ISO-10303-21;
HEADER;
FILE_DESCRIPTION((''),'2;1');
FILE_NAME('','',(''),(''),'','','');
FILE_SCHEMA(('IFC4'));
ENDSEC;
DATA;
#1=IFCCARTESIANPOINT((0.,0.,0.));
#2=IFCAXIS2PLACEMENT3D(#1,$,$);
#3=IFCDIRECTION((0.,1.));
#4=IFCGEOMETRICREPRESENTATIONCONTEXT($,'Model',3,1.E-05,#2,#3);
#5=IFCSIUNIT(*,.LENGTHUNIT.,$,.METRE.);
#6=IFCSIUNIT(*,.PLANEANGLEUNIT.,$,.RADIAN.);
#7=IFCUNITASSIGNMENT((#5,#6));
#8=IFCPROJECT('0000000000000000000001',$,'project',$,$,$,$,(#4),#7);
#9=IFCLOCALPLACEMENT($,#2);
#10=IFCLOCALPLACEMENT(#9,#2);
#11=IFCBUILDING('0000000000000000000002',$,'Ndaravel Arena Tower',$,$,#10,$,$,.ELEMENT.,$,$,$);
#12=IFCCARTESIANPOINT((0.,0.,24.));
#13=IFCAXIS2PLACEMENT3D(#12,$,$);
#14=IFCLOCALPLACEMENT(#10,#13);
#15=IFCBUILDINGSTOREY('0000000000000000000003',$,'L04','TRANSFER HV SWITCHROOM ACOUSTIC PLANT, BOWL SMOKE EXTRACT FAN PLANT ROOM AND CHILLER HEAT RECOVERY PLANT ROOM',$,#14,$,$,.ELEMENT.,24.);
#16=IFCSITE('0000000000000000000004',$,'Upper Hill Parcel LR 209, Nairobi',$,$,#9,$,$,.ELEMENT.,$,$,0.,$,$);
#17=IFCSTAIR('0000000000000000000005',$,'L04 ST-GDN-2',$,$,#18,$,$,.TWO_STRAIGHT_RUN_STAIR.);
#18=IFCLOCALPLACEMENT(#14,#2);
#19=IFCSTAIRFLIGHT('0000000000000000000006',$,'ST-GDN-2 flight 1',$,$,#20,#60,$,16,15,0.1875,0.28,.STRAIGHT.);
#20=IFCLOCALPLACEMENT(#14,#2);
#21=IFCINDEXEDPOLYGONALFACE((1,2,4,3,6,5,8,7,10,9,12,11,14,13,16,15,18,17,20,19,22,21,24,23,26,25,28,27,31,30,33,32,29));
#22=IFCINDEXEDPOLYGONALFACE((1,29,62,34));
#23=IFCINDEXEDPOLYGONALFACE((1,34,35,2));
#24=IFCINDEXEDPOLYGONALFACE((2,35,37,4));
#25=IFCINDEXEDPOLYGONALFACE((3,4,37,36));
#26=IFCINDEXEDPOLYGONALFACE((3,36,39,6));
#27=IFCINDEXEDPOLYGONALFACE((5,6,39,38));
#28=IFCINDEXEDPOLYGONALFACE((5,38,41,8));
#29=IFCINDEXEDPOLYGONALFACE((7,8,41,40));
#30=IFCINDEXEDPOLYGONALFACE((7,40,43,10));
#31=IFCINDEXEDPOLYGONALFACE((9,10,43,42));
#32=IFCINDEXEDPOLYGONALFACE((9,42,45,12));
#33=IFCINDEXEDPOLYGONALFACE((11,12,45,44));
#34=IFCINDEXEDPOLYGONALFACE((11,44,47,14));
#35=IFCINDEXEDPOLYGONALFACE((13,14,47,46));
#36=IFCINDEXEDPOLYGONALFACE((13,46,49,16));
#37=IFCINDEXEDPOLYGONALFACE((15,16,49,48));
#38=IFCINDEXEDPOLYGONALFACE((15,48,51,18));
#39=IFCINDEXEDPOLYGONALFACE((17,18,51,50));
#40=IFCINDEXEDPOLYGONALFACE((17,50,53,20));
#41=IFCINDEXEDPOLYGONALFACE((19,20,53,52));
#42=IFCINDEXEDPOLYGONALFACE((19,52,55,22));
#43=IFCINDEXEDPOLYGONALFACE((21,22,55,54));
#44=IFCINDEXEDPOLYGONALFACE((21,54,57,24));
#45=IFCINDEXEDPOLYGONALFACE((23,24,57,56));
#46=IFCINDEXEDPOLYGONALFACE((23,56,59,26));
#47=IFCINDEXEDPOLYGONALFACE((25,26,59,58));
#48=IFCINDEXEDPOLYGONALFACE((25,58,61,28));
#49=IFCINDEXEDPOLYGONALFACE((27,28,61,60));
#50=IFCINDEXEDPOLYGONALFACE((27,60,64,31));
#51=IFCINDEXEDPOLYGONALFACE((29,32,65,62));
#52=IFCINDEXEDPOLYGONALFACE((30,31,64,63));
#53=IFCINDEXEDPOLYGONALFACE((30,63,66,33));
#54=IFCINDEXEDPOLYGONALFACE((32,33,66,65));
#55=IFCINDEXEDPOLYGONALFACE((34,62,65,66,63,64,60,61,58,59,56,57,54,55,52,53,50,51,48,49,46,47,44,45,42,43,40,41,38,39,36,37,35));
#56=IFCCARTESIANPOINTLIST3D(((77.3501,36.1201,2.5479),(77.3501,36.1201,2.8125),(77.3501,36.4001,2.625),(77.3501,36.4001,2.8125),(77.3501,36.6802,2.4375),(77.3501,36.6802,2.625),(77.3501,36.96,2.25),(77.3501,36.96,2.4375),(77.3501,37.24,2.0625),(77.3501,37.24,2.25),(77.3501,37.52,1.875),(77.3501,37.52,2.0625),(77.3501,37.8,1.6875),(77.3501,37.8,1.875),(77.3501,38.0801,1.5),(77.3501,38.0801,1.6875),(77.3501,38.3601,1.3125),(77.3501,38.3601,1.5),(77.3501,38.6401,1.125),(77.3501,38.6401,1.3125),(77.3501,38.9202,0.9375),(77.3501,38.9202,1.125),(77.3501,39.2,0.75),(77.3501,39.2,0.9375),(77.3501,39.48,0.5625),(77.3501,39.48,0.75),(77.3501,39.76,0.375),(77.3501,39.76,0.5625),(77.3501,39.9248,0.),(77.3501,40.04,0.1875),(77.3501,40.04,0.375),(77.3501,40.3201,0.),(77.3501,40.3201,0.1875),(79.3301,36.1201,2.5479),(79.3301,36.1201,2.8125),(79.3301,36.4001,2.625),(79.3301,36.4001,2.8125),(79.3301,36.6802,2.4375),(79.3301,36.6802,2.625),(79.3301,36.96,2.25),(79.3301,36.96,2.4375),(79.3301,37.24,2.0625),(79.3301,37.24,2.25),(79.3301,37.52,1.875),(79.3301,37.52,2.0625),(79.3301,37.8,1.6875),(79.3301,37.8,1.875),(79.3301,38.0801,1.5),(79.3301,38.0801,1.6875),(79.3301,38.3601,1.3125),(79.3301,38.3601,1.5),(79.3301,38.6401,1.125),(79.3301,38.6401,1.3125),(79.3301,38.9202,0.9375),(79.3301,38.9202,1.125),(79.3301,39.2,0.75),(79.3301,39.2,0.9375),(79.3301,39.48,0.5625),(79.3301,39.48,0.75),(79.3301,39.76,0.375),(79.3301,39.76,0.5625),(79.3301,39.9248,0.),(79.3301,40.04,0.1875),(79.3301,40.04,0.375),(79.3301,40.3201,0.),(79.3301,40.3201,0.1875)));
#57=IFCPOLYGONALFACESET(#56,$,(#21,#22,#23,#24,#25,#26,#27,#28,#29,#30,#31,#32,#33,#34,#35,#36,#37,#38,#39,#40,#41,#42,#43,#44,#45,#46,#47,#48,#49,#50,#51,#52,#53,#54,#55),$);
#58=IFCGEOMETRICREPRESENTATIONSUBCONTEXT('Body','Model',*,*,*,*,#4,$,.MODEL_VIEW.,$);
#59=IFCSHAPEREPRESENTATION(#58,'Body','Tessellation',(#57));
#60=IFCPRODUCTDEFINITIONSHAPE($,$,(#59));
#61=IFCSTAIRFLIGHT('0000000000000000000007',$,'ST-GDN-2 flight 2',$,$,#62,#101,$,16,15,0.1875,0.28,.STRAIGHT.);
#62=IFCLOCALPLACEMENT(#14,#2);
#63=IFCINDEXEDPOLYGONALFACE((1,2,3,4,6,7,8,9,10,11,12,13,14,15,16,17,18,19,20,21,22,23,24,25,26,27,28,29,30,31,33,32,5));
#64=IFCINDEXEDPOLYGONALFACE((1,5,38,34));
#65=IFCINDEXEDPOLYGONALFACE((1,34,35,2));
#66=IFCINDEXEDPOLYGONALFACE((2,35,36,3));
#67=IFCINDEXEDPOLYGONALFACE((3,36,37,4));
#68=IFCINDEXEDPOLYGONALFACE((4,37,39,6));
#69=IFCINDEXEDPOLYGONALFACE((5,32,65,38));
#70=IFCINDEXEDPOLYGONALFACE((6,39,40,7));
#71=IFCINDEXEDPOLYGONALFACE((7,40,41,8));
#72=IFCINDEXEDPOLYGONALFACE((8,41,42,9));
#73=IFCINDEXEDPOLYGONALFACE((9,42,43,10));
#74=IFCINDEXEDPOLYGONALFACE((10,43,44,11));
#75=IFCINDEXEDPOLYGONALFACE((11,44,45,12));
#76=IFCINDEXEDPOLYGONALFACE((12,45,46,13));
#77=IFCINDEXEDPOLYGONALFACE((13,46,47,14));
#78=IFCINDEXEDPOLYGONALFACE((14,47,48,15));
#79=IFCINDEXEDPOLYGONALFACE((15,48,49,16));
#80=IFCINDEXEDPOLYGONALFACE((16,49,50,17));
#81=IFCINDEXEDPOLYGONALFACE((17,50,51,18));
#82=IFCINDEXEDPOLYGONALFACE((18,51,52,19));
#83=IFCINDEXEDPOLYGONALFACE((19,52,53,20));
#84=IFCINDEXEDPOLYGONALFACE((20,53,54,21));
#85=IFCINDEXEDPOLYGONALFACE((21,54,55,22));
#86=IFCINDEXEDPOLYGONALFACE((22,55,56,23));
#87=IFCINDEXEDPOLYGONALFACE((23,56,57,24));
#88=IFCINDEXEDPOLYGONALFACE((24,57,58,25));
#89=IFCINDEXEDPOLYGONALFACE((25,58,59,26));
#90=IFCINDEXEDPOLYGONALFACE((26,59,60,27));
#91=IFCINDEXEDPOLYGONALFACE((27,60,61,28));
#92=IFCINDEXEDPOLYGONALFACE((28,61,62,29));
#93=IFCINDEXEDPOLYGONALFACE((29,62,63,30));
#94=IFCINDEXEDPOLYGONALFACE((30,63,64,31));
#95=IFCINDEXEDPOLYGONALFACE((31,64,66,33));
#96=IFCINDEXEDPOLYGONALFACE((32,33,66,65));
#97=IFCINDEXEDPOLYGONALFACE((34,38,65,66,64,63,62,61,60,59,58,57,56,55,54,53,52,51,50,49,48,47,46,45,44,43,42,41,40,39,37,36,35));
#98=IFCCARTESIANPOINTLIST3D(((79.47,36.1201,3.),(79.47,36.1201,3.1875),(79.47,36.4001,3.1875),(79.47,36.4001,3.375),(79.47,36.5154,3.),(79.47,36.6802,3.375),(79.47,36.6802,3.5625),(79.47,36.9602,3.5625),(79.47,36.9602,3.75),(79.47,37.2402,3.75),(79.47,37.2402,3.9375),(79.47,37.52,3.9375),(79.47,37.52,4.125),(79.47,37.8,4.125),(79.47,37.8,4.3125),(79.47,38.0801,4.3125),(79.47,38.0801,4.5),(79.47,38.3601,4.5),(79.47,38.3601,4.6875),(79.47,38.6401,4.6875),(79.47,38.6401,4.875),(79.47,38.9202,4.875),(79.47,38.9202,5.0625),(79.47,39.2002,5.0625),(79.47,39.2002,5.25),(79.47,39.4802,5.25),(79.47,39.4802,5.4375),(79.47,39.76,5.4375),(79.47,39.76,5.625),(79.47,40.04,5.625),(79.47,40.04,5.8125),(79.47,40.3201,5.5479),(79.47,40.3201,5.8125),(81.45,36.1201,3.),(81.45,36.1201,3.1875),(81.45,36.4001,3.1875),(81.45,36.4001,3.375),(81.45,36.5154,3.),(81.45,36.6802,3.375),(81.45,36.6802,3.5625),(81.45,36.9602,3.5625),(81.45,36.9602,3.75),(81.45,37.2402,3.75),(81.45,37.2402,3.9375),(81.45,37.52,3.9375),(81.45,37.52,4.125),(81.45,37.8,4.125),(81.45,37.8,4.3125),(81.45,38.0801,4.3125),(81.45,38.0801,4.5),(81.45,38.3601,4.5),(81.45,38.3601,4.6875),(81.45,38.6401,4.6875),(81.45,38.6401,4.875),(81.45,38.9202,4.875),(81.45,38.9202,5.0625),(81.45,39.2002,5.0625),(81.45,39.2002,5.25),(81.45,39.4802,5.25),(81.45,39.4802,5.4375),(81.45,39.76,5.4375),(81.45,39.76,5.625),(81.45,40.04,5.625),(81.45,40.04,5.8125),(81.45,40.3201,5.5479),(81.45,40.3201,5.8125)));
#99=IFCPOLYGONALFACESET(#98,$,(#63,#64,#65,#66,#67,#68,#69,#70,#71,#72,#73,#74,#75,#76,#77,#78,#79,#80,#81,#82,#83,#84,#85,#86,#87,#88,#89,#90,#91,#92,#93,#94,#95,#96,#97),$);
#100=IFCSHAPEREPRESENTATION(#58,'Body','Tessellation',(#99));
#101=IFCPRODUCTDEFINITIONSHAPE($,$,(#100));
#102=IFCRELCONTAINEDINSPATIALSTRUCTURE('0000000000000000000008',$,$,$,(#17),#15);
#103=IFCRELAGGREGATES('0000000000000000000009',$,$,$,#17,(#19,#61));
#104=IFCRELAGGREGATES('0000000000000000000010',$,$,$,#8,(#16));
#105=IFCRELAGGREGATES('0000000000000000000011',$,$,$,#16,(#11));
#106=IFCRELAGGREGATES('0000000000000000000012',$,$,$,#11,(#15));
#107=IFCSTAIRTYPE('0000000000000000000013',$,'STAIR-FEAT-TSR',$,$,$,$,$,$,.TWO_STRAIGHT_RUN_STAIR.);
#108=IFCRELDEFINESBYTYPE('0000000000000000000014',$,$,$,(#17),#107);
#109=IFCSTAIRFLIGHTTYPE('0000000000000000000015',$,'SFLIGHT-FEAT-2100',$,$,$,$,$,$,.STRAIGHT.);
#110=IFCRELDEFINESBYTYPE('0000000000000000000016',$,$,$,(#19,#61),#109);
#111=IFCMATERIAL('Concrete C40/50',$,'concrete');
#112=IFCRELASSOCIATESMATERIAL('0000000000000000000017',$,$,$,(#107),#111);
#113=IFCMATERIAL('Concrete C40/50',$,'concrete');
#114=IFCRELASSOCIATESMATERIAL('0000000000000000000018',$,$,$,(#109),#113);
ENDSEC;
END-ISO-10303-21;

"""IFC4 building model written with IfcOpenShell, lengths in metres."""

from ifc_helpers import new_model, si_unit, direction, frame, origin, place, context, subcontext, project, spatial, polyline, outline, extrude, material, type_object, element, aggregate, save


model = new_model("IFC4")

# Units and contexts
model_context = context("Model", 3, precision=1e-05, world=origin(), true_north=direction((0.0, 1.0)))
body_context = subcontext(model_context, "Body", "Model", "MODEL_VIEW")
ifc_project = project(units=[si_unit("LENGTHUNIT", "METRE"), si_unit("PLANEANGLEUNIT", "RADIAN")], contexts=[model_context])

# Site, building, storey
site_placement = place(None, origin())
site = spatial("IfcSite", under=ifc_project, at=site_placement, Name="Upper Hill Parcel LR 209, Nairobi", CompositionType="ELEMENT", RefElevation=0.0)
building_placement = place(site_placement, origin())
building = spatial("IfcBuilding", under=site, at=building_placement, Name="Ndaravel Arena Tower", CompositionType="ELEMENT")
storey_placement = place(building_placement, frame((0.0, 0.0, 24.0)))
storey = spatial("IfcBuildingStorey", under=building, at=storey_placement, Name="L04", Description="TRANSFER HV SWITCHROOM ACOUSTIC PLANT, BOWL SMOKE EXTRACT FAN PLANT ROOM AND CHILLER HEAT RECOVERY PLANT ROOM", CompositionType="ELEMENT", Elevation=24.0)

# Stair, stair flights
ifc_material_1 = material(Name="Concrete C40/50", Category="concrete")
stair_type = type_object("IfcStairType", Name="STAIR-FEAT-TSR", PredefinedType="TWO_STRAIGHT_RUN_STAIR", material=ifc_material_1)
stair_placement = place(storey_placement, origin())
stair = element("IfcStair", 1, at=stair_placement, inside=storey, type_object=stair_type, Name="L04 ST-GDN-2", PredefinedType="TWO_STRAIGHT_RUN_STAIR")
ifc_material_2 = material(Name="Concrete C40/50", Category="concrete")
stair_flight_type = type_object("IfcStairFlightType", Name="SFLIGHT-FEAT-2100", PredefinedType="STRAIGHT", material=ifc_material_2)
stair_flight_1_placement = place(storey_placement, frame((78.3401, 40.3201, 0.0), z_axis=(0.0, 0.0, 1.0), x_axis=(0.0, -1.0, 0.0)))
stair_flight_1 = element("IfcStairFlight", 2, at=stair_flight_1_placement, type_object=stair_flight_type, Name="ST-GDN-2 flight 1", NumberOfRisers=16, NumberOfTreads=15, PredefinedType="STRAIGHT", RiserHeight=0.1875, TreadLength=0.28, context=body_context, shape_type="SweptSolid", body=[
    extrude(outline(polyline([(0.0, 0.0), (0.0, 0.1875), (0.28, 0.1875), (0.28, 0.375), (0.5601, 0.375), (0.5601, 0.5625), (0.8401, 0.5625), (0.8401, 0.75), (1.1201, 0.75), (1.1201, 0.9375), (1.3999, 0.9375), (1.3999, 1.125), (1.6799, 1.125), (1.6799, 1.3125), (1.96, 1.3125), (1.96, 1.5), (2.24, 1.5), (2.24, 1.6875), (2.52, 1.6875), (2.52, 1.875), (2.8, 1.875), (2.8, 2.0625), (3.0801, 2.0625), (3.0801, 2.25), (3.3601, 2.25), (3.3601, 2.4375), (3.6399, 2.4375), (3.6399, 2.625), (3.9199, 2.625), (3.9199, 2.8125), (4.2, 2.8125), (4.2, 3.0), (4.2, 2.5479), (0.3953, 0.0), (0.0, 0.0)])), frame((0.0, 0.99, 0.0), z_axis=(0.0, -1.0, 0.0), x_axis=(1.0, 0.0, 0.0)), (0.0, 0.0, 1.0), 1.98),
])
stair_flight_2_placement = place(storey_placement, frame((80.46, 36.1201, 3.0), z_axis=(0.0, 0.0, 1.0), x_axis=(0.0, 1.0, 0.0)))
stair_flight_2 = element("IfcStairFlight", 3, at=stair_flight_2_placement, type_object=stair_flight_type, Name="ST-GDN-2 flight 2", NumberOfRisers=16, NumberOfTreads=15, PredefinedType="STRAIGHT", RiserHeight=0.1875, TreadLength=0.28, context=body_context, shape_type="SweptSolid", body=[
    extrude(outline(polyline([(0.0, 0.0), (0.0, 0.1875), (0.28, 0.1875), (0.28, 0.375), (0.5601, 0.375), (0.5601, 0.5625), (0.8401, 0.5625), (0.8401, 0.75), (1.1201, 0.75), (1.1201, 0.9375), (1.3999, 0.9375), (1.3999, 1.125), (1.6799, 1.125), (1.6799, 1.3125), (1.96, 1.3125), (1.96, 1.5), (2.24, 1.5), (2.24, 1.6875), (2.52, 1.6875), (2.52, 1.875), (2.8, 1.875), (2.8, 2.0625), (3.0801, 2.0625), (3.0801, 2.25), (3.3601, 2.25), (3.3601, 2.4375), (3.6399, 2.4375), (3.6399, 2.625), (3.9199, 2.625), (3.9199, 2.8125), (4.2, 2.8125), (4.2, 3.0), (4.2, 2.5479), (0.3953, 0.0), (0.0, 0.0)])), frame((0.0, 0.99, 0.0), z_axis=(0.0, -1.0, 0.0), x_axis=(1.0, 0.0, 0.0)), (0.0, 0.0, 1.0), 1.98),
])
aggregate(stair, [stair_flight_1, stair_flight_2])

save(model, "model.ifc")
